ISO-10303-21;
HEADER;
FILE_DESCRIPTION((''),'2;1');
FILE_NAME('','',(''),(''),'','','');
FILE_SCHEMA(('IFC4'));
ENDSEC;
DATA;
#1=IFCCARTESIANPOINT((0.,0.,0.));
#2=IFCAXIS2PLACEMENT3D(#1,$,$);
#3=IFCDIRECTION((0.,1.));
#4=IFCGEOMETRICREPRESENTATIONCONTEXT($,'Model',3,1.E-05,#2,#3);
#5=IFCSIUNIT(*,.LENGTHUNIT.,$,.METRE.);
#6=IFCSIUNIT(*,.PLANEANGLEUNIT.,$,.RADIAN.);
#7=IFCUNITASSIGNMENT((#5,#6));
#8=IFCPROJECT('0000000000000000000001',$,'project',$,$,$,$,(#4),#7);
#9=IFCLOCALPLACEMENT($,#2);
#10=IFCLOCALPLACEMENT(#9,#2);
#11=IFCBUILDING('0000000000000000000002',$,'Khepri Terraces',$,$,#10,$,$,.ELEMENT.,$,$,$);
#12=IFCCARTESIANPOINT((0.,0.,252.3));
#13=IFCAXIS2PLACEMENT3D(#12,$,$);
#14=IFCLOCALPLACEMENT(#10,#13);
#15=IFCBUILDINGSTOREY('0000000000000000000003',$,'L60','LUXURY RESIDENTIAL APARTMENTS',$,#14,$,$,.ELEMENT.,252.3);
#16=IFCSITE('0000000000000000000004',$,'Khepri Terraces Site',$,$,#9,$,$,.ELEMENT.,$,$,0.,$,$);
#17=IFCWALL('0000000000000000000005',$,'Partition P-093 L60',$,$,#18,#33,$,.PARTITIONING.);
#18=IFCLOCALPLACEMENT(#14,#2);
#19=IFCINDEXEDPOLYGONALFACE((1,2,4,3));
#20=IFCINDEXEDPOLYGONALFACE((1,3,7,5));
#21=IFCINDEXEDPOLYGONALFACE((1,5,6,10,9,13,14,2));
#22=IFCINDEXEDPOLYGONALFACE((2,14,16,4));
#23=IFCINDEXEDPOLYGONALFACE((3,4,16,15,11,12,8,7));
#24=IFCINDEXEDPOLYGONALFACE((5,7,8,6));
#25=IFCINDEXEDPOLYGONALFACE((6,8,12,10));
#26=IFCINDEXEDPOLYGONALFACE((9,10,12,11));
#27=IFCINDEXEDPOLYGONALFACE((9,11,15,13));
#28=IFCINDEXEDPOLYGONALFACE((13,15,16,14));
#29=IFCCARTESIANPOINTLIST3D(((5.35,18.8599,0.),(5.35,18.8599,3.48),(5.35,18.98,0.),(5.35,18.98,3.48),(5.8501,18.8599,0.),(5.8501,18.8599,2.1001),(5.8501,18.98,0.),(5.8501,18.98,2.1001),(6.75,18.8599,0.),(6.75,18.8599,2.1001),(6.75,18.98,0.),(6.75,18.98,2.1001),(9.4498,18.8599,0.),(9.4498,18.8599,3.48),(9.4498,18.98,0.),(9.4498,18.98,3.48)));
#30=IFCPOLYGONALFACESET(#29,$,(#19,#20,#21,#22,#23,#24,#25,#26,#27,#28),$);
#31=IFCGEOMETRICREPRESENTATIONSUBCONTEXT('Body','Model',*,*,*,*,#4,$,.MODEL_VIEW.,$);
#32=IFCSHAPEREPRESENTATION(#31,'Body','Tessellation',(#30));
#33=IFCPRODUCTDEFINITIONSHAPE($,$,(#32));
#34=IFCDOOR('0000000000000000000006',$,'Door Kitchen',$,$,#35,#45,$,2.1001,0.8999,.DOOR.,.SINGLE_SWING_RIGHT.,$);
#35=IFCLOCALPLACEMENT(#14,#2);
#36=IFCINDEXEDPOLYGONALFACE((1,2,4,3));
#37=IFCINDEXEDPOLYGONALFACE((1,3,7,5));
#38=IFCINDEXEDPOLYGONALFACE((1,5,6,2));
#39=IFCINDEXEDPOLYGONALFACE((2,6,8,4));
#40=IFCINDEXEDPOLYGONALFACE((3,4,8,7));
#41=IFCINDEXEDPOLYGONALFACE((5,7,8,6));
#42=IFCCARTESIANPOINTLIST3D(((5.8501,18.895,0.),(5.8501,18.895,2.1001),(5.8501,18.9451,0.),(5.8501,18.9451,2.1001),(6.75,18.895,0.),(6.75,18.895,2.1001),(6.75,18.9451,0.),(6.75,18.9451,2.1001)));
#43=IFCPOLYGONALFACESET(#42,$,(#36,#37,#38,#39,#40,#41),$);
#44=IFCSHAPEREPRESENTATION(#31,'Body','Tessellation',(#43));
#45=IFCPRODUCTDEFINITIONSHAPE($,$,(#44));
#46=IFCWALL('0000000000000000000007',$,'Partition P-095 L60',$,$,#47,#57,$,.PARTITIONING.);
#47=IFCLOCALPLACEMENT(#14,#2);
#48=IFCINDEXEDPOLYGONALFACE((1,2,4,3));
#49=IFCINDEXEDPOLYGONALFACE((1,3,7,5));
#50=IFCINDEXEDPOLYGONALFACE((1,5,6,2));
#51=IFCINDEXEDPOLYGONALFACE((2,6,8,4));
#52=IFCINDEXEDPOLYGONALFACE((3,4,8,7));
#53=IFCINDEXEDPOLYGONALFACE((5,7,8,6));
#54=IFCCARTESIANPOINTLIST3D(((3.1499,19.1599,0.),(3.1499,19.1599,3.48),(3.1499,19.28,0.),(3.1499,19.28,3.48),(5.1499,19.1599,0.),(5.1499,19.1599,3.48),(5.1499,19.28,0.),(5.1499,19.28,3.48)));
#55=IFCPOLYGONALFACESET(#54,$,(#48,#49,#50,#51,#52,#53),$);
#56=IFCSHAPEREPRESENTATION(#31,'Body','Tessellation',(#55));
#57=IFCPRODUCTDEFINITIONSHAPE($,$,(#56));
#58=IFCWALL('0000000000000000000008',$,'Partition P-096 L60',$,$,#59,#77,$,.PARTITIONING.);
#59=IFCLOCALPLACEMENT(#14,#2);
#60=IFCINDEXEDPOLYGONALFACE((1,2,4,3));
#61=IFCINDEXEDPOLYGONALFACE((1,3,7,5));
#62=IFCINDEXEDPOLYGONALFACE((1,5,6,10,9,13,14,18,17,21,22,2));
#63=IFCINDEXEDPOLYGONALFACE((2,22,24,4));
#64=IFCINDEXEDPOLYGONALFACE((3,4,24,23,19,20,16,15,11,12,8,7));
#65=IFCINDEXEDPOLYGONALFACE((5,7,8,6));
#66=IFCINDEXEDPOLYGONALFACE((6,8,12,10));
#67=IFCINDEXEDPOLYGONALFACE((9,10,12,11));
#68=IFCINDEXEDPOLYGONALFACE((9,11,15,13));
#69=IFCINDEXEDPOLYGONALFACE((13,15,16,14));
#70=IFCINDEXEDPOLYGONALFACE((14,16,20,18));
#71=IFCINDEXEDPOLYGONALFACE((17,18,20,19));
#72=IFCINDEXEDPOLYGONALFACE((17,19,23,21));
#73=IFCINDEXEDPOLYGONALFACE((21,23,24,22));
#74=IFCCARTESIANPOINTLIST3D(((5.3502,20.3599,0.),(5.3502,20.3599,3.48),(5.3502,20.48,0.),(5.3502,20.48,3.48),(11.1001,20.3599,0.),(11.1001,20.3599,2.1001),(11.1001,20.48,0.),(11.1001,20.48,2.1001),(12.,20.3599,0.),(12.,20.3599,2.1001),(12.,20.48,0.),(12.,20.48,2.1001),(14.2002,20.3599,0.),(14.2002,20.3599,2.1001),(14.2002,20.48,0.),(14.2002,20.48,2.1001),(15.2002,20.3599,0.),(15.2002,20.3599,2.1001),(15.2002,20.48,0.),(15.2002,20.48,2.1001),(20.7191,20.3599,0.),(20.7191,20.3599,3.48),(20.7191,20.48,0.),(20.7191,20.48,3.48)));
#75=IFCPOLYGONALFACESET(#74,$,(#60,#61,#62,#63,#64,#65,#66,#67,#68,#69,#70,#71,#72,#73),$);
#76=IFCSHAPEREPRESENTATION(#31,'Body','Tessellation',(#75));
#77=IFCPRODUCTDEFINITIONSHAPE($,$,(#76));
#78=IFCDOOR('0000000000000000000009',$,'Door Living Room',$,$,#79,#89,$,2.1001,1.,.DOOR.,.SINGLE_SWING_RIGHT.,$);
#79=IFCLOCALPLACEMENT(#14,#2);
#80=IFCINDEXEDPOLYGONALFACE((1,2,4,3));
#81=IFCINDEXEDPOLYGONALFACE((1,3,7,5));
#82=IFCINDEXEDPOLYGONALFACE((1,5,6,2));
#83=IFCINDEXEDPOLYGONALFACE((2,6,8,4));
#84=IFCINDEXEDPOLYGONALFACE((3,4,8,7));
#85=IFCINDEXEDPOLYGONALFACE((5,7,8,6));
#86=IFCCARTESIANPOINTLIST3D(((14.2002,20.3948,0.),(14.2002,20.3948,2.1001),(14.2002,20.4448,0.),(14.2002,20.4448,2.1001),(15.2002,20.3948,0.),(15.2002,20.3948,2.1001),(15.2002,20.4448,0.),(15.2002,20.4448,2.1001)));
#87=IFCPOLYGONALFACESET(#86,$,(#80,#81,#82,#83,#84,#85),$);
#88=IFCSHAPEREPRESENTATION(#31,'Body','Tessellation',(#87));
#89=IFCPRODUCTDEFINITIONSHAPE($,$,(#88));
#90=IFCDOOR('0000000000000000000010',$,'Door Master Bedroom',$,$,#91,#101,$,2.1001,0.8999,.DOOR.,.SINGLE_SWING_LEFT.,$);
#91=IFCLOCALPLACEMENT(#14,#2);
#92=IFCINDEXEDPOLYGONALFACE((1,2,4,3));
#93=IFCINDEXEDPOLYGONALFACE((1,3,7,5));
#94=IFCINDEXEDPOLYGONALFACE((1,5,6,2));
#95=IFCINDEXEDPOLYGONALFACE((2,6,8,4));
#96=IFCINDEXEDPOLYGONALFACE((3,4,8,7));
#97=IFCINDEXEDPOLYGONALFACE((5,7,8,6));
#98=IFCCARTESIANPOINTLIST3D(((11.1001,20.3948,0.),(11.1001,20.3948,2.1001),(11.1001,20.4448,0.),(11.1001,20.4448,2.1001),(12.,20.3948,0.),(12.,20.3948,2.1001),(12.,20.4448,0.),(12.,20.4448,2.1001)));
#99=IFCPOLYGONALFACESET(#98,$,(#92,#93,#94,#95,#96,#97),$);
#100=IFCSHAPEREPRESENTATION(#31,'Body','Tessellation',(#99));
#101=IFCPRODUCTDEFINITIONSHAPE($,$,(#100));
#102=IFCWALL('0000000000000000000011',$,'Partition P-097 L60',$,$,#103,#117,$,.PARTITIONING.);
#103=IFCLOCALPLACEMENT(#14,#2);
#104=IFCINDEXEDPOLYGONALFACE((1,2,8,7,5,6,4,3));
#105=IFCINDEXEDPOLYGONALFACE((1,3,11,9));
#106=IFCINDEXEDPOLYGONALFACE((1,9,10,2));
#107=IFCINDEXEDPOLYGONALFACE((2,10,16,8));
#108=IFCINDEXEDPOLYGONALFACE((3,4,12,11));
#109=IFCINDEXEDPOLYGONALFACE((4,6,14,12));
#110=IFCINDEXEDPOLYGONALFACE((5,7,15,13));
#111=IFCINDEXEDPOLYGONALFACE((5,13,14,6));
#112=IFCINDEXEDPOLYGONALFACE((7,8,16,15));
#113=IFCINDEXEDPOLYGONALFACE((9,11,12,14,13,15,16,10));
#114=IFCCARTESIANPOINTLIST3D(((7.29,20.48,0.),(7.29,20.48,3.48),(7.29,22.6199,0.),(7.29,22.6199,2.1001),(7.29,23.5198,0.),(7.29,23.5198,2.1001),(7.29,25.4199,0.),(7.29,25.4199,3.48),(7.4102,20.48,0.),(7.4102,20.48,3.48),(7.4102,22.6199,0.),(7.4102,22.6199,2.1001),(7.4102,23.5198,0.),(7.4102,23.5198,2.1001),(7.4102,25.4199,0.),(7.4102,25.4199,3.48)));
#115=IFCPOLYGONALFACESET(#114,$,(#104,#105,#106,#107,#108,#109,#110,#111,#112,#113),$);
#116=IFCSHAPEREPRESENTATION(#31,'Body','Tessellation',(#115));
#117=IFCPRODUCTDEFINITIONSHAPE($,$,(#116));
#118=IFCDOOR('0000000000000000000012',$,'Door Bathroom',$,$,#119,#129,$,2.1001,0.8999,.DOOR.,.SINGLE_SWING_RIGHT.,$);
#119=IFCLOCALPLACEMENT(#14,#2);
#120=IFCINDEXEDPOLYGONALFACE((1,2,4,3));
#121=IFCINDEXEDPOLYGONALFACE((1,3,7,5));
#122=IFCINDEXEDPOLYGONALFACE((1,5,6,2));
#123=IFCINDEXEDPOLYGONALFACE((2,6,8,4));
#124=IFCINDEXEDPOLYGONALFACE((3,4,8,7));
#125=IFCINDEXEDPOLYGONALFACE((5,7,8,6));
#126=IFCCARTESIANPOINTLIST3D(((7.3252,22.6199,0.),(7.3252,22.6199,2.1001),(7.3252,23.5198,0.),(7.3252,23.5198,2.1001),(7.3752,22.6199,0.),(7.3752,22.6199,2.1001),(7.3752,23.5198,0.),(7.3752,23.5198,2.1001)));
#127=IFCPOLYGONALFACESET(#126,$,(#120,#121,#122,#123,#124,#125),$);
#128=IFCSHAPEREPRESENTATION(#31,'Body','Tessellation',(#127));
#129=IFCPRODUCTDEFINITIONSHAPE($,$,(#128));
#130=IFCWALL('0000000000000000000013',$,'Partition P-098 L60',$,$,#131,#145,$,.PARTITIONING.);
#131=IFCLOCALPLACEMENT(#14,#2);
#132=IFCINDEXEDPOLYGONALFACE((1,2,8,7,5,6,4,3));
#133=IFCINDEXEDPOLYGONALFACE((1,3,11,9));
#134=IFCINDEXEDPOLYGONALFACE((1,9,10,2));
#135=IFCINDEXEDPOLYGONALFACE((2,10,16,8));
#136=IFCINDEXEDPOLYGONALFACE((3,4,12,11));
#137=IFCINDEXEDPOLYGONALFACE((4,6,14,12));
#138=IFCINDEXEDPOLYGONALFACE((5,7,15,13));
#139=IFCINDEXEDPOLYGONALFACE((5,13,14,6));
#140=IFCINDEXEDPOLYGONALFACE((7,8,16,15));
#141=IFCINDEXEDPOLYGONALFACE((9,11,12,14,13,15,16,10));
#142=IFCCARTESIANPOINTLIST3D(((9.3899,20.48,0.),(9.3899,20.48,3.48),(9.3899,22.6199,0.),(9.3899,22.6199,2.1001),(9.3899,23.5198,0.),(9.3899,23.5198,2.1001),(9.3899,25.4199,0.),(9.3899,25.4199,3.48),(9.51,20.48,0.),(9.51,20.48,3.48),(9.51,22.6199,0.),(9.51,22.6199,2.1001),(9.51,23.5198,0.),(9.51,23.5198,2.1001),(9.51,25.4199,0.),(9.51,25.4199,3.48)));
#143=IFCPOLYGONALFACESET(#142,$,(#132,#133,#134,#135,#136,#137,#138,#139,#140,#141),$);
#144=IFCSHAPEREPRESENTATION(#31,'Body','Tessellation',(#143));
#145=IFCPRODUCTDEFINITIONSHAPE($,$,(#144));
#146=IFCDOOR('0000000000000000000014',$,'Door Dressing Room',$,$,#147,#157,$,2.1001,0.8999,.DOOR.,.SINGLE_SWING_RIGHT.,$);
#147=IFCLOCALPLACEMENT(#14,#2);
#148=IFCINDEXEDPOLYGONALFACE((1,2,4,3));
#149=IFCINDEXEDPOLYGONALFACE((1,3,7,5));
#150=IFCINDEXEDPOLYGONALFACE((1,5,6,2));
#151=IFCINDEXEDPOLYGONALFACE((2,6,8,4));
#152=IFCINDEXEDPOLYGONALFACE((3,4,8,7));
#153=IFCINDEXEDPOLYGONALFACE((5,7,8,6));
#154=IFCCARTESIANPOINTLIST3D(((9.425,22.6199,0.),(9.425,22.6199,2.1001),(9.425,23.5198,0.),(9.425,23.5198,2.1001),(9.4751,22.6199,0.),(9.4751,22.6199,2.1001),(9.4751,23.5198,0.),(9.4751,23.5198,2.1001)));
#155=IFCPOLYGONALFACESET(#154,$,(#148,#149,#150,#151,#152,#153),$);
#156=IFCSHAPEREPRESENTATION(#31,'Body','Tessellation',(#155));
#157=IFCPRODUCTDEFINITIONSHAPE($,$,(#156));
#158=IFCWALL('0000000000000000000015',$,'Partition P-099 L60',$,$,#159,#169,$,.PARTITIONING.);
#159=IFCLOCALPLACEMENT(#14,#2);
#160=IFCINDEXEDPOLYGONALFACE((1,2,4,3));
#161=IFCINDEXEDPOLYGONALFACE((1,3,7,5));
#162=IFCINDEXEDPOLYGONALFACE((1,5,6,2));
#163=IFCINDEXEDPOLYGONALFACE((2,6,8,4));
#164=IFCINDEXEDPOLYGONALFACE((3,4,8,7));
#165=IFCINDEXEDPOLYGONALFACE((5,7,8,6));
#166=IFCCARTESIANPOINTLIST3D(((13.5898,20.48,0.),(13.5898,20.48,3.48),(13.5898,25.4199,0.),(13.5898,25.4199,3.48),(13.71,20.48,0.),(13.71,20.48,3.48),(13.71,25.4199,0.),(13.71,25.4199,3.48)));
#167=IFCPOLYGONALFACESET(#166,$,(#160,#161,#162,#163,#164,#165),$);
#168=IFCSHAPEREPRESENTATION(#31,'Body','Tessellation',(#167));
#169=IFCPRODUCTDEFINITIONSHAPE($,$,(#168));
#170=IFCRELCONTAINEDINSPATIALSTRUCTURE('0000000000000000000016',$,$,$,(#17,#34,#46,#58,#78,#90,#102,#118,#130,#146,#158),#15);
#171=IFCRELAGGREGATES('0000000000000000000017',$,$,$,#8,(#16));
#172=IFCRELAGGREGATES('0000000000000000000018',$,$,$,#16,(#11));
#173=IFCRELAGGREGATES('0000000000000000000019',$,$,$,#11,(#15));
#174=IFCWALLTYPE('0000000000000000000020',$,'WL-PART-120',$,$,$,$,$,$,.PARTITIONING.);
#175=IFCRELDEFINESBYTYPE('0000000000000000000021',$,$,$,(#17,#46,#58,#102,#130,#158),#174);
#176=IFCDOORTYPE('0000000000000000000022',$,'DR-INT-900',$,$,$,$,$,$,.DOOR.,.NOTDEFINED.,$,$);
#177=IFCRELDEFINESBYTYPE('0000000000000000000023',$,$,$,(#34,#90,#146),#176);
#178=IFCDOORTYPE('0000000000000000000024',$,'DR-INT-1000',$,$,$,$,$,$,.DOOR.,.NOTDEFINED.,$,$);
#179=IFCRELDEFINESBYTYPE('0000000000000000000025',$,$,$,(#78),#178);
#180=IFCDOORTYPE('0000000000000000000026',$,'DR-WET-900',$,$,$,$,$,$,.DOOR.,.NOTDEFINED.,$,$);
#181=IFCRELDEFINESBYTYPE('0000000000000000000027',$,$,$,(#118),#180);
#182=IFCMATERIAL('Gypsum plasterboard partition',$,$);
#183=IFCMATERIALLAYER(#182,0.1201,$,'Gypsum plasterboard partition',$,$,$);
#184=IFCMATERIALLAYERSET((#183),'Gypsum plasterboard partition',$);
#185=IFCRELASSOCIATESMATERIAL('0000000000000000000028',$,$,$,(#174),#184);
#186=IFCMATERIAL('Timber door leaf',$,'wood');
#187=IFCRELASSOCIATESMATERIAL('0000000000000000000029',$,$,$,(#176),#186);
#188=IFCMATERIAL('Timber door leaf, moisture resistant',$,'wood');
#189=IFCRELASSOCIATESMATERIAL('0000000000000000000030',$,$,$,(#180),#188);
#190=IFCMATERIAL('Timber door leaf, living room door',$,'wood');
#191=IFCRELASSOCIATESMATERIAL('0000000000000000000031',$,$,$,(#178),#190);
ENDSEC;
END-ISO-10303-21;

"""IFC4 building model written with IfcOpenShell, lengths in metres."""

from ifc_helpers import new_model, si_unit, direction, frame, frame_2d, origin, place, context, subcontext, project, spatial, rectangle, extrude, material, layer, layer_set, type_object, element, fill, save


model = new_model("IFC4")

# Units and contexts
model_context = context("Model", 3, precision=1e-05, world=origin(), true_north=direction((0.0, 1.0)))
body_context = subcontext(model_context, "Body", "Model", "MODEL_VIEW")
ifc_project = project(units=[si_unit("LENGTHUNIT", "METRE"), si_unit("PLANEANGLEUNIT", "RADIAN")], contexts=[model_context])

# Site, building, storey
site_placement = place(None, origin())
site = spatial("IfcSite", under=ifc_project, at=site_placement, Name="Khepri Terraces Site", CompositionType="ELEMENT", RefElevation=0.0)
building_placement = place(site_placement, origin())
building = spatial("IfcBuilding", under=site, at=building_placement, Name="Khepri Terraces", CompositionType="ELEMENT")
storey_placement = place(building_placement, frame((0.0, 0.0, 252.3)))
storey = spatial("IfcBuildingStorey", under=building, at=storey_placement, Name="L60", Description="LUXURY RESIDENTIAL APARTMENTS", CompositionType="ELEMENT", Elevation=252.3)

# Shared definitions
ifc_material_1 = material(Name="Gypsum plasterboard partition")
ifc_layer_1 = layer(ifc_material_1, 0.1201, Name="Gypsum plasterboard partition")
ifc_layer_set_1 = layer_set([ifc_layer_1], Name="Gypsum plasterboard partition")
wall_type_1 = type_object("IfcWallType", Name="WL-PART-120", PredefinedType="PARTITIONING", material=ifc_layer_set_1)

# Shared definitions
ifc_material_2 = material(Name="Timber door leaf", Category="wood")
door_type_1 = type_object("IfcDoorType", Name="DR-INT-900", OperationType="NOTDEFINED", PredefinedType="DOOR", material=ifc_material_2)

# Wall, opening, door
ifc_material_3 = material(Name="Timber door leaf, moisture resistant", Category="wood")
door_type_2 = type_object("IfcDoorType", Name="DR-WET-900", OperationType="NOTDEFINED", PredefinedType="DOOR", material=ifc_material_3)
wall_1_placement = place(storey_placement, frame((5.3501, 18.9199, 0.0), z_axis=(0.0, 0.0, 1.0), x_axis=(1.0, 0.0, 0.0)))
wall_1 = element("IfcWall", 1, at=wall_1_placement, inside=storey, type_object=wall_type_1, Name="Partition P-093 L60", PredefinedType="PARTITIONING", context=body_context, shape_type="SweptSolid", body=[
    extrude(rectangle(XDim=4.0999, YDim=0.1201, at=frame_2d((2.0498, 0.0))), origin(), (0.0, 0.0, 1.0), 3.48),
])
opening_1_placement = place(wall_1_placement, frame((0.5, 0.0, 0.0)))
opening_1 = element("IfcOpeningElement", 2, at=opening_1_placement, cuts=wall_1, PredefinedType="OPENING", context=body_context, shape_type="SweptSolid", body=[
    extrude(rectangle(XDim=0.8999, YDim=2.1001, at=frame_2d((0.45, 1.05))), frame((0.0, 0.0701, 0.0), z_axis=(0.0, -1.0, 0.0), x_axis=(1.0, 0.0, 0.0)), (0.0, 0.0, 1.0), 0.1401),
])
door_1_placement = place(opening_1_placement, frame((0.8999, 0.0, 0.0), z_axis=(0.0, 0.0, 1.0), x_axis=(-1.0, 0.0, 0.0)))
door_1 = element("IfcDoor", 3, at=door_1_placement, inside=storey, type_object=door_type_1, Name="Door Kitchen", OperationType="SINGLE_SWING_RIGHT", OverallHeight=2.1001, OverallWidth=0.8999, PredefinedType="DOOR", context=body_context, shape_type="SweptSolid", body=[
    extrude(rectangle(XDim=0.8999, YDim=2.1001, at=frame_2d((0.45, 1.05))), frame((0.0, 0.0249, 0.0), z_axis=(0.0, -1.0, 0.0), x_axis=(1.0, 0.0, 0.0)), (0.0, 0.0, 1.0), 0.05),
])
fill(opening_1, door_1)

# Wall
wall_2_placement = place(storey_placement, frame((3.1499, 19.22, 0.0), z_axis=(0.0, 0.0, 1.0), x_axis=(1.0, 0.0, 0.0)))
element("IfcWall", 4, at=wall_2_placement, inside=storey, type_object=wall_type_1, Name="Partition P-095 L60", PredefinedType="PARTITIONING", context=body_context, shape_type="SweptSolid", body=[
    extrude(rectangle(XDim=2.0, YDim=0.1201, at=frame_2d((1.0, 0.0))), origin(), (0.0, 0.0, 1.0), 3.48),
])

# Wall, openings, doors
wall_3_placement = place(storey_placement, frame((5.3501, 20.4199, 0.0), z_axis=(0.0, 0.0, 1.0), x_axis=(1.0, 0.0, 0.0)))
wall_3 = element("IfcWall", 5, at=wall_3_placement, inside=storey, type_object=wall_type_1, Name="Partition P-096 L60", PredefinedType="PARTITIONING", context=body_context, shape_type="SweptSolid", body=[
    extrude(rectangle(XDim=15.3689, YDim=0.1201, at=frame_2d((7.6846, 0.0))), origin(), (0.0, 0.0, 1.0), 3.48),
])
opening_2_placement = place(wall_3_placement, frame((8.8501, 0.0, 0.0)))
opening_2 = element("IfcOpeningElement", 6, at=opening_2_placement, cuts=wall_3, PredefinedType="OPENING", context=body_context, shape_type="SweptSolid", body=[
    extrude(rectangle(XDim=1.0, YDim=2.1001, at=frame_2d((0.5, 1.05))), frame((0.0, 0.0701, 0.0), z_axis=(0.0, -1.0, 0.0), x_axis=(1.0, 0.0, 0.0)), (0.0, 0.0, 1.0), 0.1401),
])
opening_3_placement = place(wall_3_placement, frame((5.75, 0.0, 0.0)))
opening_3 = element("IfcOpeningElement", 7, at=opening_3_placement, cuts=wall_3, PredefinedType="OPENING", context=body_context, shape_type="SweptSolid", body=[
    extrude(rectangle(XDim=0.8999, YDim=2.1001, at=frame_2d((0.45, 1.05))), frame((0.0, 0.0701, 0.0), z_axis=(0.0, -1.0, 0.0), x_axis=(1.0, 0.0, 0.0)), (0.0, 0.0, 1.0), 0.1401),
])
ifc_material_4 = material(Name="Timber door leaf, living room door", Category="wood")
door_type_3 = type_object("IfcDoorType", Name="DR-INT-1000", OperationType="NOTDEFINED", PredefinedType="DOOR", material=ifc_material_4)
door_2_placement = place(opening_2_placement, origin())
door_2 = element("IfcDoor", 8, at=door_2_placement, inside=storey, type_object=door_type_3, Name="Door Living Room", OperationType="SINGLE_SWING_RIGHT", OverallHeight=2.1001, OverallWidth=1.0, PredefinedType="DOOR", context=body_context, shape_type="SweptSolid", body=[
    extrude(rectangle(XDim=1.0, YDim=2.1001, at=frame_2d((0.5, 1.05))), frame((0.0, 0.0249, 0.0), z_axis=(0.0, -1.0, 0.0), x_axis=(1.0, 0.0, 0.0)), (0.0, 0.0, 1.0), 0.05),
])
fill(opening_2, door_2)
door_3_placement = place(opening_3_placement, origin())
door_3 = element("IfcDoor", 9, at=door_3_placement, inside=storey, type_object=door_type_1, Name="Door Master Bedroom", OperationType="SINGLE_SWING_LEFT", OverallHeight=2.1001, OverallWidth=0.8999, PredefinedType="DOOR", context=body_context, shape_type="SweptSolid", body=[
    extrude(rectangle(XDim=0.8999, YDim=2.1001, at=frame_2d((0.45, 1.05))), frame((0.0, 0.0249, 0.0), z_axis=(0.0, -1.0, 0.0), x_axis=(1.0, 0.0, 0.0)), (0.0, 0.0, 1.0), 0.05),
])
fill(opening_3, door_3)

# Walls, openings, doors
wall_4_placement = place(storey_placement, frame((7.3501, 20.48, 0.0), z_axis=(0.0, 0.0, 1.0), x_axis=(0.0, 1.0, 0.0)))
wall_4 = element("IfcWall", 10, at=wall_4_placement, inside=storey, type_object=wall_type_1, Name="Partition P-097 L60", PredefinedType="PARTITIONING", context=body_context, shape_type="SweptSolid", body=[
    extrude(rectangle(XDim=4.9399, YDim=0.1201, at=frame_2d((2.47, 0.0))), origin(), (0.0, 0.0, 1.0), 3.48),
])
opening_4_placement = place(wall_4_placement, frame((2.1399, 0.0, 0.0)))
opening_4 = element("IfcOpeningElement", 11, at=opening_4_placement, cuts=wall_4, PredefinedType="OPENING", context=body_context, shape_type="SweptSolid", body=[
    extrude(rectangle(XDim=0.8999, YDim=2.1001, at=frame_2d((0.45, 1.05))), frame((0.0, 0.0701, 0.0), z_axis=(0.0, -1.0, 0.0), x_axis=(1.0, 0.0, 0.0)), (0.0, 0.0, 1.0), 0.1401),
])
door_4_placement = place(opening_4_placement, origin())
door_4 = element("IfcDoor", 12, at=door_4_placement, inside=storey, type_object=door_type_2, Name="Door Bathroom", OperationType="SINGLE_SWING_RIGHT", OverallHeight=2.1001, OverallWidth=0.8999, PredefinedType="DOOR", context=body_context, shape_type="SweptSolid", body=[
    extrude(rectangle(XDim=0.8999, YDim=2.1001, at=frame_2d((0.45, 1.05))), frame((0.0, 0.0249, 0.0), z_axis=(0.0, -1.0, 0.0), x_axis=(1.0, 0.0, 0.0)), (0.0, 0.0, 1.0), 0.05),
])
fill(opening_4, door_4)
wall_5_placement = place(storey_placement, frame((9.45, 20.48, 0.0), z_axis=(0.0, 0.0, 1.0), x_axis=(0.0, 1.0, 0.0)))
wall_5 = element("IfcWall", 13, at=wall_5_placement, inside=storey, type_object=wall_type_1, Name="Partition P-098 L60", PredefinedType="PARTITIONING", context=body_context, shape_type="SweptSolid", body=[
    extrude(rectangle(XDim=4.9399, YDim=0.1201, at=frame_2d((2.47, 0.0))), origin(), (0.0, 0.0, 1.0), 3.48),
])
opening_5_placement = place(wall_5_placement, frame((2.1399, 0.0, 0.0)))
opening_5 = element("IfcOpeningElement", 14, at=opening_5_placement, cuts=wall_5, PredefinedType="OPENING", context=body_context, shape_type="SweptSolid", body=[
    extrude(rectangle(XDim=0.8999, YDim=2.1001, at=frame_2d((0.45, 1.05))), frame((0.0, 0.0701, 0.0), z_axis=(0.0, -1.0, 0.0), x_axis=(1.0, 0.0, 0.0)), (0.0, 0.0, 1.0), 0.1401),
])
door_5_placement = place(opening_5_placement, origin())
door_5 = element("IfcDoor", 15, at=door_5_placement, inside=storey, type_object=door_type_1, Name="Door Dressing Room", OperationType="SINGLE_SWING_RIGHT", OverallHeight=2.1001, OverallWidth=0.8999, PredefinedType="DOOR", context=body_context, shape_type="SweptSolid", body=[
    extrude(rectangle(XDim=0.8999, YDim=2.1001, at=frame_2d((0.45, 1.05))), frame((0.0, 0.0249, 0.0), z_axis=(0.0, -1.0, 0.0), x_axis=(1.0, 0.0, 0.0)), (0.0, 0.0, 1.0), 0.05),
])
fill(opening_5, door_5)

# Wall
wall_6_placement = place(storey_placement, frame((13.6499, 20.48, 0.0), z_axis=(0.0, 0.0, 1.0), x_axis=(0.0, 1.0, 0.0)))
element("IfcWall", 16, at=wall_6_placement, inside=storey, type_object=wall_type_1, Name="Partition P-099 L60", PredefinedType="PARTITIONING", context=body_context, shape_type="SweptSolid", body=[
    extrude(rectangle(XDim=4.9399, YDim=0.1201, at=frame_2d((2.47, 0.0))), origin(), (0.0, 0.0, 1.0), 3.48),
])

save(model, "model.ifc")
